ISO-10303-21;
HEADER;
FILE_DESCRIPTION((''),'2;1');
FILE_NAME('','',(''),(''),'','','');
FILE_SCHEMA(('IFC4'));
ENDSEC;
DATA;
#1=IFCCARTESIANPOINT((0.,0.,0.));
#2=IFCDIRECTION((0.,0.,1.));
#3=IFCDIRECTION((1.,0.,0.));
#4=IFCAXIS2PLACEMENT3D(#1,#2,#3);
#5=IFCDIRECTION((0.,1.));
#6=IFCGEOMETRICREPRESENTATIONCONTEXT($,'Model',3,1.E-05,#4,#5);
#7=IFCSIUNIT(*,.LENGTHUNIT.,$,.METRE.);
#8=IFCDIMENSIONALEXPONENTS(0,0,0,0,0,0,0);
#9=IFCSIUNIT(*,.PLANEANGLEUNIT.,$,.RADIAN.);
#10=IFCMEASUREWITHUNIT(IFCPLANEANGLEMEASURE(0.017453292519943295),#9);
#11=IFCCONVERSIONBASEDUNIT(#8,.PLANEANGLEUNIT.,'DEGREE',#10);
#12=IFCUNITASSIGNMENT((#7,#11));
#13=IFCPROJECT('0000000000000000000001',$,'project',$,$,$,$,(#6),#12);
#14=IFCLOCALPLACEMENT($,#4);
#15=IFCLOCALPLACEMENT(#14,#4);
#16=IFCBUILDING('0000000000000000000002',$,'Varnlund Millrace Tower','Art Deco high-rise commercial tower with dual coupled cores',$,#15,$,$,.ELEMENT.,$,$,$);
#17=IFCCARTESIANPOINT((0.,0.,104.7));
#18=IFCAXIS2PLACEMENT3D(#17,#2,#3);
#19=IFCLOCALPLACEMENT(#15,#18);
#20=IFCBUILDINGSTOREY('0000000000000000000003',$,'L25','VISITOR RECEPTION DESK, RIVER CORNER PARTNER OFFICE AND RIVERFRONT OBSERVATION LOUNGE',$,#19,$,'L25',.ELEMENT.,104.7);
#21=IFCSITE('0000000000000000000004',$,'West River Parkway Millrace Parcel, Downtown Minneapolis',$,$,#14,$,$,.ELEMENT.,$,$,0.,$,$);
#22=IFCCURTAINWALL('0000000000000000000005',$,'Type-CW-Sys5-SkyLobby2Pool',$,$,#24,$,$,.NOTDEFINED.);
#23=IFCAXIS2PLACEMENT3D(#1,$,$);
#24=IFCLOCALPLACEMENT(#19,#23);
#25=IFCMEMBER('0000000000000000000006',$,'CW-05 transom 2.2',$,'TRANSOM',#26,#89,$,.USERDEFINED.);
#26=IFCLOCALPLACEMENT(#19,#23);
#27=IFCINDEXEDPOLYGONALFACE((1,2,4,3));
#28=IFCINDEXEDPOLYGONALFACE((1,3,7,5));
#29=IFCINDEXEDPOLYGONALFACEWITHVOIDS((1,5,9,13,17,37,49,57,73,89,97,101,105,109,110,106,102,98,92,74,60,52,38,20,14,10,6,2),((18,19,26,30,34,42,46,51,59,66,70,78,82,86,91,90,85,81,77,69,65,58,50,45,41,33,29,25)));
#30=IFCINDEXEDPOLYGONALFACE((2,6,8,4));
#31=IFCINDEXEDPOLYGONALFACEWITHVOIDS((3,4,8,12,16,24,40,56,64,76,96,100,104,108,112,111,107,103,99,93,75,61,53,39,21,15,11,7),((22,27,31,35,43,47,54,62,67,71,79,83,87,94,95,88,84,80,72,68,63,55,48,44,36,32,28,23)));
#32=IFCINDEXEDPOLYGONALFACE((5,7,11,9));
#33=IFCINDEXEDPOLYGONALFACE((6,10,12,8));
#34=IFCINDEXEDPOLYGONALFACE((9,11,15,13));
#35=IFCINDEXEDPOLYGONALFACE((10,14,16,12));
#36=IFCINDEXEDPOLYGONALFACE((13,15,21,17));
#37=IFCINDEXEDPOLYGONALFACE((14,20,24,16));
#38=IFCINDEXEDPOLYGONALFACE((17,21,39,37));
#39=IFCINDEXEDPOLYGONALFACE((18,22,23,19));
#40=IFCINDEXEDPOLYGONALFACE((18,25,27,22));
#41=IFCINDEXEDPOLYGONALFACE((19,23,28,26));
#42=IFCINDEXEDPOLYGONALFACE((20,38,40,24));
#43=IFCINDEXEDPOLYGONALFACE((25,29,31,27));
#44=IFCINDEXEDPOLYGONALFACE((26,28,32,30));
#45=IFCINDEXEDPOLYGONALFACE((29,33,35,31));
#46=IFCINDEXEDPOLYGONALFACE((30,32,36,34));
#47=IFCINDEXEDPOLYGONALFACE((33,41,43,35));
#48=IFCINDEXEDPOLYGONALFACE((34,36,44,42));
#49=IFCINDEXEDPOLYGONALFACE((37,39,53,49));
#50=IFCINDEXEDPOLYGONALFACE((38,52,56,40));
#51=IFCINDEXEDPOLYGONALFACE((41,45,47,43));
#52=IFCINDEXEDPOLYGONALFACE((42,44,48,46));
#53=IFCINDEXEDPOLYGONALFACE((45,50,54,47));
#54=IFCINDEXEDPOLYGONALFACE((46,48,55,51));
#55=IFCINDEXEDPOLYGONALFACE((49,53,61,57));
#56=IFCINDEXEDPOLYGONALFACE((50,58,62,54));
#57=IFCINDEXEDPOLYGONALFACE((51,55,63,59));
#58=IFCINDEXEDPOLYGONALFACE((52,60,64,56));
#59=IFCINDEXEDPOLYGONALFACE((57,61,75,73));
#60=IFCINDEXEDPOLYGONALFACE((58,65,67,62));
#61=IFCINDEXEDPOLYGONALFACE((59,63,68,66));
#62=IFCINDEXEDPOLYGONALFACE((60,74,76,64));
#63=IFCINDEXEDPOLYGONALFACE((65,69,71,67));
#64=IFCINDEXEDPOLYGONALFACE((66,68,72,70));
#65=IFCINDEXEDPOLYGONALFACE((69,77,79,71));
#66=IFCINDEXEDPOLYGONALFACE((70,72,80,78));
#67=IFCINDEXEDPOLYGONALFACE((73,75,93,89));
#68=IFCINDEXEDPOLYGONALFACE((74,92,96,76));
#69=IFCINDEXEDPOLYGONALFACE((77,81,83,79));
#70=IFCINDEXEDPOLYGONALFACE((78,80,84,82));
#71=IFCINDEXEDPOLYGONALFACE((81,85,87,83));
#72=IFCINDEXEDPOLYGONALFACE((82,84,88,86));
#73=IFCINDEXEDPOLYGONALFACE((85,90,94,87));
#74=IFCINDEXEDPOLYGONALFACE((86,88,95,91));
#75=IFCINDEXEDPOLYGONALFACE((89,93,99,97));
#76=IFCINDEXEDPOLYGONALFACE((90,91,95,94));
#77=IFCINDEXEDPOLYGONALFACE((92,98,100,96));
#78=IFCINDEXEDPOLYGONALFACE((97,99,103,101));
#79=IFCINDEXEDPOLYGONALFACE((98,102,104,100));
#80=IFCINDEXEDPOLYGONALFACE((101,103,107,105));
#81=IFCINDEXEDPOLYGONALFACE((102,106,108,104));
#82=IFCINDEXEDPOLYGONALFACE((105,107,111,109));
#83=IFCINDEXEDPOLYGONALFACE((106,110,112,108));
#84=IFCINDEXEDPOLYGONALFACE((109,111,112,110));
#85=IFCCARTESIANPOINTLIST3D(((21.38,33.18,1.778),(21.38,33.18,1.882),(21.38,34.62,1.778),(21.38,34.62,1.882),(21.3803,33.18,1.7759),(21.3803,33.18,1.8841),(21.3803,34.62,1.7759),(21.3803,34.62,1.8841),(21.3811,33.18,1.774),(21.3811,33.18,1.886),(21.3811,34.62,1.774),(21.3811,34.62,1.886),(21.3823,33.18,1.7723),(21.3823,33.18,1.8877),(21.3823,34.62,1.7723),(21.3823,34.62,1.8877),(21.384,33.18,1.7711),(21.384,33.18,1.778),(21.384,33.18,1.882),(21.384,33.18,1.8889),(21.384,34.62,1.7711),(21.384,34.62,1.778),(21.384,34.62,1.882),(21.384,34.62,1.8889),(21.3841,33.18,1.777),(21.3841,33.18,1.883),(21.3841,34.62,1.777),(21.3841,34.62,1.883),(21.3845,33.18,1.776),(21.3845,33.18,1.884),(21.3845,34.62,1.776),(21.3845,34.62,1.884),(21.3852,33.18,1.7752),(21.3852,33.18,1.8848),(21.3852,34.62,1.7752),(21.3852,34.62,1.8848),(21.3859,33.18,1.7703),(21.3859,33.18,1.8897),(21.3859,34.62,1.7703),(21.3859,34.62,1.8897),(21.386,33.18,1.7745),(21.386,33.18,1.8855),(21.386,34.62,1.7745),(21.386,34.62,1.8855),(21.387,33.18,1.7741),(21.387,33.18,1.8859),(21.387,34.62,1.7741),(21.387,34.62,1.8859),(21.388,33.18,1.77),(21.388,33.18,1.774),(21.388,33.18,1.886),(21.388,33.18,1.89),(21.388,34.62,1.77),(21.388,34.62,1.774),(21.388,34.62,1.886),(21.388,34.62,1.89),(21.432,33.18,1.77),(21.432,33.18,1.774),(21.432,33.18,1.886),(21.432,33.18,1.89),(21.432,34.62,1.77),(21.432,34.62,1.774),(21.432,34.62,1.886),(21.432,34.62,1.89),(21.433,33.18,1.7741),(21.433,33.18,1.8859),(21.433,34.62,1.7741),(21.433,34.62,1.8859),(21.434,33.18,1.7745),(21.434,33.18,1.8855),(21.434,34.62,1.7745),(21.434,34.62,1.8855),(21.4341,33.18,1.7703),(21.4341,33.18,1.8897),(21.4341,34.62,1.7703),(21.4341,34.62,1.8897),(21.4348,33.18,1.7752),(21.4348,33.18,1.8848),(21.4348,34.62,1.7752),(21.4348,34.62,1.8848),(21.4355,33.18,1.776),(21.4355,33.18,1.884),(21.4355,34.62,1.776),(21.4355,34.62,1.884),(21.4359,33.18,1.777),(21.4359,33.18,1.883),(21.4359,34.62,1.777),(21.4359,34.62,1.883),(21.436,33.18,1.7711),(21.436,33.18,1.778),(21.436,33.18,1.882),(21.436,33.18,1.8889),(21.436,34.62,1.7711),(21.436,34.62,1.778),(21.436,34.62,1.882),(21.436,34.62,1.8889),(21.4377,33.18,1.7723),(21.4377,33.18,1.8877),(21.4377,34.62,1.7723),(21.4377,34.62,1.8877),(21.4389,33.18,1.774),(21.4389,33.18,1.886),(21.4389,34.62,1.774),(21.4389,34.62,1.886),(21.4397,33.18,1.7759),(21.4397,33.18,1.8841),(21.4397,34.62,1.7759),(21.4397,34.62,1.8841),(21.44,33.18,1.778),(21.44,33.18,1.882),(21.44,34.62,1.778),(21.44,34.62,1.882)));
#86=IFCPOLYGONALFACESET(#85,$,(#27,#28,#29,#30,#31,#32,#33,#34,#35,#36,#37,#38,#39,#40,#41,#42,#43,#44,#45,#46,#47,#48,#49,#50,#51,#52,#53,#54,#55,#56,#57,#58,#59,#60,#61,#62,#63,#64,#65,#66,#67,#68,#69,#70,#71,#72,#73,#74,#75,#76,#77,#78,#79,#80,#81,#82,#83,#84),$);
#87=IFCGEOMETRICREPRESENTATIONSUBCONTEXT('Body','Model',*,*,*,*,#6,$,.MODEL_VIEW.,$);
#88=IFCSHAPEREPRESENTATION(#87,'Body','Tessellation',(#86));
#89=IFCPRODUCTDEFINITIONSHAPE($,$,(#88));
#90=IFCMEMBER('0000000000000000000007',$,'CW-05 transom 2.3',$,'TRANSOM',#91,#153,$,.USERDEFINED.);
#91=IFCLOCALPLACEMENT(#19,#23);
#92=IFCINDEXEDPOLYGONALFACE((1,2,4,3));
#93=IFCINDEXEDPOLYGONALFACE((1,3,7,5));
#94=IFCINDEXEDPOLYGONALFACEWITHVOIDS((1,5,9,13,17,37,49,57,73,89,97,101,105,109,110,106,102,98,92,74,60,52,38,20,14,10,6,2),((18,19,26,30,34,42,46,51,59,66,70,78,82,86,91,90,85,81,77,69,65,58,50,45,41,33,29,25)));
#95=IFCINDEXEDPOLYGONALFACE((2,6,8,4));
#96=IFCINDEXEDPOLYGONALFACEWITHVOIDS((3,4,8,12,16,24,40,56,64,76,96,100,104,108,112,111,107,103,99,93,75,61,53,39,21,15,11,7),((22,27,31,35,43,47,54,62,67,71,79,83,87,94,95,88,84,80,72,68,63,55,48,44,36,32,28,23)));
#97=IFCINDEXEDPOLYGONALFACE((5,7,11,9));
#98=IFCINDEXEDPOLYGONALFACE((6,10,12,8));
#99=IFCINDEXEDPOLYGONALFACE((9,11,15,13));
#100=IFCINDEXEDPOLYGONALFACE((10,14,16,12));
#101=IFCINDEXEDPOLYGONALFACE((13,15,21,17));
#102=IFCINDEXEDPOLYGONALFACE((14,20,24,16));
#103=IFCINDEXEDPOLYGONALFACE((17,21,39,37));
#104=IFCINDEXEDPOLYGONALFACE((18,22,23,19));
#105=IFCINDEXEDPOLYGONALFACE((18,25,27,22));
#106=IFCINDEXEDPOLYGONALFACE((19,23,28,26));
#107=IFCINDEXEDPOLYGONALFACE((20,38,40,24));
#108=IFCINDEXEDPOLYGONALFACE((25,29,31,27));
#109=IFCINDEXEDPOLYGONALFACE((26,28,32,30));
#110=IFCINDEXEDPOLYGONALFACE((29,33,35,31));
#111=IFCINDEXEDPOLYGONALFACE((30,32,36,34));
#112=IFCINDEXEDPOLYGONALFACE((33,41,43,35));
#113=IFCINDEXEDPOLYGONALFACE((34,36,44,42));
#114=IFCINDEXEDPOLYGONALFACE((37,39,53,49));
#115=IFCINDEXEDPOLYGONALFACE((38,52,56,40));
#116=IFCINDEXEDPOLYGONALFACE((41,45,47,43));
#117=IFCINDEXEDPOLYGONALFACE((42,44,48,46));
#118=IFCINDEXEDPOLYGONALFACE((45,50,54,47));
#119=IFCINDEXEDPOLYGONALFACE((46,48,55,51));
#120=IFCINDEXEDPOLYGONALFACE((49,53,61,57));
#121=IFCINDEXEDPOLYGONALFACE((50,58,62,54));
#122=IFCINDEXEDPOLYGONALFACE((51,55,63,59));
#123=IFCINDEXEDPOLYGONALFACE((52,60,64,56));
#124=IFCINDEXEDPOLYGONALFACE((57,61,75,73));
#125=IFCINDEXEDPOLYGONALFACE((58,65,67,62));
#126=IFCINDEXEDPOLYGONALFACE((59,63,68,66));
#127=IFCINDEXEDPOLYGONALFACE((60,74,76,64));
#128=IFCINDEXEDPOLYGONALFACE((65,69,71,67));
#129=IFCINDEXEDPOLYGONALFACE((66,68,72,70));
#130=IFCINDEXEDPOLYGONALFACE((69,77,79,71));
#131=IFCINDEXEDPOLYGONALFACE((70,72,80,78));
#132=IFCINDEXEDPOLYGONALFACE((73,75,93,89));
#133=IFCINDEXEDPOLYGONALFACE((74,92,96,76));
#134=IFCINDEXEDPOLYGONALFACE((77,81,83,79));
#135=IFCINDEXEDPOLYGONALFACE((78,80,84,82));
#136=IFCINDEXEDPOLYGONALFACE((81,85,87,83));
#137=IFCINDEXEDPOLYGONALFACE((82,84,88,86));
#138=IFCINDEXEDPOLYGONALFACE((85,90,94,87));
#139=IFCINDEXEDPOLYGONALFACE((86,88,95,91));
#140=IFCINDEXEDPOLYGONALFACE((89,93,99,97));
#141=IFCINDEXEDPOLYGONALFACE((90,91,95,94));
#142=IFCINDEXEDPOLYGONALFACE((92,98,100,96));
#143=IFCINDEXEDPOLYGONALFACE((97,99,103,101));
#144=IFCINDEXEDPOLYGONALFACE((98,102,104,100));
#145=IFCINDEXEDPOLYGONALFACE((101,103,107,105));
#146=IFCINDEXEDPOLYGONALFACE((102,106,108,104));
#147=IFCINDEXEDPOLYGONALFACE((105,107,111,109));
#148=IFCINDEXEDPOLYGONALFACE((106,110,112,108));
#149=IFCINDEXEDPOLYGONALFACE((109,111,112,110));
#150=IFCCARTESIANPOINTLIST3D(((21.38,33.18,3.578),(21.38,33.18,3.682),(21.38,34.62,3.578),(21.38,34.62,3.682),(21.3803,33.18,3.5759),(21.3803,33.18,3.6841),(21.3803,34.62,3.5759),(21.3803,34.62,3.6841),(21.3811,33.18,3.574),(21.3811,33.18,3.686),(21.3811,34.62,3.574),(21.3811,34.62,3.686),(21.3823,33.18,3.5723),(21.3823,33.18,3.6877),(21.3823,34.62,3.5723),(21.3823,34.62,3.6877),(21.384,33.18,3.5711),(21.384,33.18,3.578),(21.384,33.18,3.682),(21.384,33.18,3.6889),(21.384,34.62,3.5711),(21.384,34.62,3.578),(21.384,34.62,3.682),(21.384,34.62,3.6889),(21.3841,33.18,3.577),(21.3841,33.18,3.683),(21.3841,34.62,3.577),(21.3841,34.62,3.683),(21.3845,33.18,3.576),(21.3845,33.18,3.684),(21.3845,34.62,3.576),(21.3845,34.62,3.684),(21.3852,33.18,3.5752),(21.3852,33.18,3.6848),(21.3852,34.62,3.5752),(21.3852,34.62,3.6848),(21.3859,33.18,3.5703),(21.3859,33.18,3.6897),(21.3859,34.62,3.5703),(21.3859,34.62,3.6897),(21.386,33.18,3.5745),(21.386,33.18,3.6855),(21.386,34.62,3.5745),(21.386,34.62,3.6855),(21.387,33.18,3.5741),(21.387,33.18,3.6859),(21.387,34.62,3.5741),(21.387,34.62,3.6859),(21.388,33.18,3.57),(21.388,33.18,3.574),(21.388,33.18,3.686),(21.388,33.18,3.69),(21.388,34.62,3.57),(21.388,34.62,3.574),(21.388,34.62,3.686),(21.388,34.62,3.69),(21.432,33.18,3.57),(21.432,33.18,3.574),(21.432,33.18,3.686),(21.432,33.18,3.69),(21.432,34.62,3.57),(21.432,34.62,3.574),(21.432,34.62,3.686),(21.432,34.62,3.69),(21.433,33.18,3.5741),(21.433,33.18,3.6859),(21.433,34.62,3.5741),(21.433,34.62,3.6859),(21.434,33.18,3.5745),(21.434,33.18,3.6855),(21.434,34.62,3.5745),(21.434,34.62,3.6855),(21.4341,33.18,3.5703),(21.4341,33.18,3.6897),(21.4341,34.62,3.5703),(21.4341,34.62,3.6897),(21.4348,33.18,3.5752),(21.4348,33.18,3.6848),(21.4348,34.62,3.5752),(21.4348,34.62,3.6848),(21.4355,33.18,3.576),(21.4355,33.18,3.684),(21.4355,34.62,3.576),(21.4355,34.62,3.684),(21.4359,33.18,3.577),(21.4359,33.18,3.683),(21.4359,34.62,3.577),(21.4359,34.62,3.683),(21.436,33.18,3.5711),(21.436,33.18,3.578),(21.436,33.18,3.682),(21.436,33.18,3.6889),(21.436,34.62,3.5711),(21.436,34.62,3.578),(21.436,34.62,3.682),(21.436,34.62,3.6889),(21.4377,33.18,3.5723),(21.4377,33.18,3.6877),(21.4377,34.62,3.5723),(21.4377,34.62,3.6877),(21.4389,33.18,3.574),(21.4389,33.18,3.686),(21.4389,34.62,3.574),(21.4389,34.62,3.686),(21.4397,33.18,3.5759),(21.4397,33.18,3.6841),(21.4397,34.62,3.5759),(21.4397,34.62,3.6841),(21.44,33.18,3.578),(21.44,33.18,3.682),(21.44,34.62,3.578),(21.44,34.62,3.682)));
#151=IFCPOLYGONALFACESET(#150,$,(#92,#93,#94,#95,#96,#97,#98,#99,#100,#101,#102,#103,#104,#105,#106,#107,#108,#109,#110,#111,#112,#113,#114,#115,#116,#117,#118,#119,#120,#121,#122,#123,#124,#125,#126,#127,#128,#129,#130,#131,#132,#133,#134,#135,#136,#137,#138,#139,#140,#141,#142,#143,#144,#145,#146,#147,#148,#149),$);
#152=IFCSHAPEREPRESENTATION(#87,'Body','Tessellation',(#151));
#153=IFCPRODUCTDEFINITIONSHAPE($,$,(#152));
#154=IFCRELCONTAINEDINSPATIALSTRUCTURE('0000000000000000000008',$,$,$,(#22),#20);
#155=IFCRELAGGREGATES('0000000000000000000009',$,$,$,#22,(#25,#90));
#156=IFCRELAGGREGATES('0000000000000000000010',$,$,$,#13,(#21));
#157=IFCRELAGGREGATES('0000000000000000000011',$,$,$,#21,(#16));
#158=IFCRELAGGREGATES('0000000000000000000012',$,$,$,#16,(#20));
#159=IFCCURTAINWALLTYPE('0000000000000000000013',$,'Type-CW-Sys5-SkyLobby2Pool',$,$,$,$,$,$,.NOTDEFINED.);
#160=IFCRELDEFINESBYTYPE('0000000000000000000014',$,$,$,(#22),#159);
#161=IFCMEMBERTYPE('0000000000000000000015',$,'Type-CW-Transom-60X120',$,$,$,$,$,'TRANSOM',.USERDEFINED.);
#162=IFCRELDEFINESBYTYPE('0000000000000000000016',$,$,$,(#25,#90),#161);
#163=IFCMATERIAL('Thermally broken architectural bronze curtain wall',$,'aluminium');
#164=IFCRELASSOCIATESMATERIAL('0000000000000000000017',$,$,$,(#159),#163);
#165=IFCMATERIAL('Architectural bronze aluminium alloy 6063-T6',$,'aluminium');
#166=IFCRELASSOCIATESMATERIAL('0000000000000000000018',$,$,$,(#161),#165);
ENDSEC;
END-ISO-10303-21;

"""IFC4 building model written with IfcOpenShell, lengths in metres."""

from ifc_helpers import new_model, entity, si_unit, converted_unit, direction, frame, origin_with_axes, origin_2d_with_axis, place, context, subcontext, project, spatial, hollow_rectangle, extrude, material, material_profile, profile_set, type_object, element, aggregate, save


model = new_model("IFC4")

# Units and contexts
model_context = context("Model", 3, precision=1e-05, world=origin_with_axes(), true_north=direction((0.0, 1.0)))
body_context = subcontext(model_context, "Body", "Model", "MODEL_VIEW")
ifc_project = project(units=[si_unit("LENGTHUNIT", "METRE"), converted_unit("PLANEANGLEUNIT", "DEGREE", entity("IfcPlaneAngleMeasure", 0.017453292519943295), si_unit("PLANEANGLEUNIT", "RADIAN"), dimensions=[0, 0, 0, 0, 0, 0, 0])], contexts=[model_context])

# Site, building, storey
site_placement = place(None, origin_with_axes())
site = spatial("IfcSite", under=ifc_project, at=site_placement, Name="West River Parkway Millrace Parcel, Downtown Minneapolis", CompositionType="ELEMENT", RefElevation=0.0)
building_placement = place(site_placement, origin_with_axes())
building = spatial("IfcBuilding", under=site, at=building_placement, Name="Varnlund Millrace Tower", Description="Art Deco high-rise commercial tower with dual coupled cores", CompositionType="ELEMENT")
storey_placement = place(building_placement, frame((0.0, 0.0, 104.7), z_axis=(0.0, 0.0, 1.0), x_axis=(1.0, 0.0, 0.0)))
storey = spatial("IfcBuildingStorey", under=building, at=storey_placement, Name="L25", Description="VISITOR RECEPTION DESK, RIVER CORNER PARTNER OFFICE AND RIVERFRONT OBSERVATION LOUNGE", LongName="L25", CompositionType="ELEMENT", Elevation=104.7)

# Curtain wall, members
ifc_material_1 = material(Name="Thermally broken architectural bronze curtain wall", Category="aluminium")
curtain_wall_type = type_object("IfcCurtainWallType", Name="Type-CW-Sys5-SkyLobby2Pool", PredefinedType="NOTDEFINED", material=ifc_material_1)
curtain_wall_placement = place(storey_placement, frame((21.41, 36.15, 0.0), z_axis=(0.0, 0.0, 1.0), x_axis=(1.0, 0.0, 0.0)))
curtain_wall = element("IfcCurtainWall", 1, at=curtain_wall_placement, inside=storey, type_object=curtain_wall_type, Name="Type-CW-Sys5-SkyLobby2Pool", PredefinedType="NOTDEFINED")
ifc_material_2 = material(Name="Architectural bronze aluminium alloy 6063-T6", Category="aluminium")
ifc_material_profile_1 = material_profile(ifc_material_2, hollow_rectangle(XDim=0.06, YDim=0.12, WallThickness=0.004, InnerFilletRadius=0.004, OuterFilletRadius=0.008, at=origin_2d_with_axis()), Name="Architectural bronze aluminium alloy 6063-T6")
ifc_profile_set_1 = profile_set([ifc_material_profile_1], Name="Architectural bronze aluminium alloy 6063-T6")
member_type_1 = type_object("IfcMemberType", Name="Type-CW-Transom-60X120", ElementType="TRANSOM", PredefinedType="USERDEFINED", material=ifc_profile_set_1)
member_1_placement = place(storey_placement, frame((21.41, 34.62, 1.83), z_axis=(0.0, -1.0, 0.0), x_axis=(1.0, 0.0, 0.0)))
member_1 = element("IfcMember", 2, at=member_1_placement, type_object=member_type_1, Name="CW-05 transom 2.2", ObjectType="TRANSOM", PredefinedType="USERDEFINED", context=body_context, shape_type="SweptSolid", body=[
    extrude(hollow_rectangle(XDim=0.06, YDim=0.12, WallThickness=0.004, InnerFilletRadius=0.004, OuterFilletRadius=0.008, at=origin_2d_with_axis()), origin_with_axes(), (0.0, 0.0, 1.0), 1.44),
])
member_2_placement = place(storey_placement, frame((21.41, 34.62, 3.63), z_axis=(0.0, -1.0, 0.0), x_axis=(1.0, 0.0, 0.0)))
member_2 = element("IfcMember", 3, at=member_2_placement, type_object=member_type_1, Name="CW-05 transom 2.3", ObjectType="TRANSOM", PredefinedType="USERDEFINED", context=body_context, shape_type="SweptSolid", body=[
    extrude(hollow_rectangle(XDim=0.06, YDim=0.12, WallThickness=0.004, InnerFilletRadius=0.004, OuterFilletRadius=0.008, at=origin_2d_with_axis()), origin_with_axes(), (0.0, 0.0, 1.0), 1.44),
])
aggregate(curtain_wall, [member_1, member_2])

save(model, "model.ifc")
